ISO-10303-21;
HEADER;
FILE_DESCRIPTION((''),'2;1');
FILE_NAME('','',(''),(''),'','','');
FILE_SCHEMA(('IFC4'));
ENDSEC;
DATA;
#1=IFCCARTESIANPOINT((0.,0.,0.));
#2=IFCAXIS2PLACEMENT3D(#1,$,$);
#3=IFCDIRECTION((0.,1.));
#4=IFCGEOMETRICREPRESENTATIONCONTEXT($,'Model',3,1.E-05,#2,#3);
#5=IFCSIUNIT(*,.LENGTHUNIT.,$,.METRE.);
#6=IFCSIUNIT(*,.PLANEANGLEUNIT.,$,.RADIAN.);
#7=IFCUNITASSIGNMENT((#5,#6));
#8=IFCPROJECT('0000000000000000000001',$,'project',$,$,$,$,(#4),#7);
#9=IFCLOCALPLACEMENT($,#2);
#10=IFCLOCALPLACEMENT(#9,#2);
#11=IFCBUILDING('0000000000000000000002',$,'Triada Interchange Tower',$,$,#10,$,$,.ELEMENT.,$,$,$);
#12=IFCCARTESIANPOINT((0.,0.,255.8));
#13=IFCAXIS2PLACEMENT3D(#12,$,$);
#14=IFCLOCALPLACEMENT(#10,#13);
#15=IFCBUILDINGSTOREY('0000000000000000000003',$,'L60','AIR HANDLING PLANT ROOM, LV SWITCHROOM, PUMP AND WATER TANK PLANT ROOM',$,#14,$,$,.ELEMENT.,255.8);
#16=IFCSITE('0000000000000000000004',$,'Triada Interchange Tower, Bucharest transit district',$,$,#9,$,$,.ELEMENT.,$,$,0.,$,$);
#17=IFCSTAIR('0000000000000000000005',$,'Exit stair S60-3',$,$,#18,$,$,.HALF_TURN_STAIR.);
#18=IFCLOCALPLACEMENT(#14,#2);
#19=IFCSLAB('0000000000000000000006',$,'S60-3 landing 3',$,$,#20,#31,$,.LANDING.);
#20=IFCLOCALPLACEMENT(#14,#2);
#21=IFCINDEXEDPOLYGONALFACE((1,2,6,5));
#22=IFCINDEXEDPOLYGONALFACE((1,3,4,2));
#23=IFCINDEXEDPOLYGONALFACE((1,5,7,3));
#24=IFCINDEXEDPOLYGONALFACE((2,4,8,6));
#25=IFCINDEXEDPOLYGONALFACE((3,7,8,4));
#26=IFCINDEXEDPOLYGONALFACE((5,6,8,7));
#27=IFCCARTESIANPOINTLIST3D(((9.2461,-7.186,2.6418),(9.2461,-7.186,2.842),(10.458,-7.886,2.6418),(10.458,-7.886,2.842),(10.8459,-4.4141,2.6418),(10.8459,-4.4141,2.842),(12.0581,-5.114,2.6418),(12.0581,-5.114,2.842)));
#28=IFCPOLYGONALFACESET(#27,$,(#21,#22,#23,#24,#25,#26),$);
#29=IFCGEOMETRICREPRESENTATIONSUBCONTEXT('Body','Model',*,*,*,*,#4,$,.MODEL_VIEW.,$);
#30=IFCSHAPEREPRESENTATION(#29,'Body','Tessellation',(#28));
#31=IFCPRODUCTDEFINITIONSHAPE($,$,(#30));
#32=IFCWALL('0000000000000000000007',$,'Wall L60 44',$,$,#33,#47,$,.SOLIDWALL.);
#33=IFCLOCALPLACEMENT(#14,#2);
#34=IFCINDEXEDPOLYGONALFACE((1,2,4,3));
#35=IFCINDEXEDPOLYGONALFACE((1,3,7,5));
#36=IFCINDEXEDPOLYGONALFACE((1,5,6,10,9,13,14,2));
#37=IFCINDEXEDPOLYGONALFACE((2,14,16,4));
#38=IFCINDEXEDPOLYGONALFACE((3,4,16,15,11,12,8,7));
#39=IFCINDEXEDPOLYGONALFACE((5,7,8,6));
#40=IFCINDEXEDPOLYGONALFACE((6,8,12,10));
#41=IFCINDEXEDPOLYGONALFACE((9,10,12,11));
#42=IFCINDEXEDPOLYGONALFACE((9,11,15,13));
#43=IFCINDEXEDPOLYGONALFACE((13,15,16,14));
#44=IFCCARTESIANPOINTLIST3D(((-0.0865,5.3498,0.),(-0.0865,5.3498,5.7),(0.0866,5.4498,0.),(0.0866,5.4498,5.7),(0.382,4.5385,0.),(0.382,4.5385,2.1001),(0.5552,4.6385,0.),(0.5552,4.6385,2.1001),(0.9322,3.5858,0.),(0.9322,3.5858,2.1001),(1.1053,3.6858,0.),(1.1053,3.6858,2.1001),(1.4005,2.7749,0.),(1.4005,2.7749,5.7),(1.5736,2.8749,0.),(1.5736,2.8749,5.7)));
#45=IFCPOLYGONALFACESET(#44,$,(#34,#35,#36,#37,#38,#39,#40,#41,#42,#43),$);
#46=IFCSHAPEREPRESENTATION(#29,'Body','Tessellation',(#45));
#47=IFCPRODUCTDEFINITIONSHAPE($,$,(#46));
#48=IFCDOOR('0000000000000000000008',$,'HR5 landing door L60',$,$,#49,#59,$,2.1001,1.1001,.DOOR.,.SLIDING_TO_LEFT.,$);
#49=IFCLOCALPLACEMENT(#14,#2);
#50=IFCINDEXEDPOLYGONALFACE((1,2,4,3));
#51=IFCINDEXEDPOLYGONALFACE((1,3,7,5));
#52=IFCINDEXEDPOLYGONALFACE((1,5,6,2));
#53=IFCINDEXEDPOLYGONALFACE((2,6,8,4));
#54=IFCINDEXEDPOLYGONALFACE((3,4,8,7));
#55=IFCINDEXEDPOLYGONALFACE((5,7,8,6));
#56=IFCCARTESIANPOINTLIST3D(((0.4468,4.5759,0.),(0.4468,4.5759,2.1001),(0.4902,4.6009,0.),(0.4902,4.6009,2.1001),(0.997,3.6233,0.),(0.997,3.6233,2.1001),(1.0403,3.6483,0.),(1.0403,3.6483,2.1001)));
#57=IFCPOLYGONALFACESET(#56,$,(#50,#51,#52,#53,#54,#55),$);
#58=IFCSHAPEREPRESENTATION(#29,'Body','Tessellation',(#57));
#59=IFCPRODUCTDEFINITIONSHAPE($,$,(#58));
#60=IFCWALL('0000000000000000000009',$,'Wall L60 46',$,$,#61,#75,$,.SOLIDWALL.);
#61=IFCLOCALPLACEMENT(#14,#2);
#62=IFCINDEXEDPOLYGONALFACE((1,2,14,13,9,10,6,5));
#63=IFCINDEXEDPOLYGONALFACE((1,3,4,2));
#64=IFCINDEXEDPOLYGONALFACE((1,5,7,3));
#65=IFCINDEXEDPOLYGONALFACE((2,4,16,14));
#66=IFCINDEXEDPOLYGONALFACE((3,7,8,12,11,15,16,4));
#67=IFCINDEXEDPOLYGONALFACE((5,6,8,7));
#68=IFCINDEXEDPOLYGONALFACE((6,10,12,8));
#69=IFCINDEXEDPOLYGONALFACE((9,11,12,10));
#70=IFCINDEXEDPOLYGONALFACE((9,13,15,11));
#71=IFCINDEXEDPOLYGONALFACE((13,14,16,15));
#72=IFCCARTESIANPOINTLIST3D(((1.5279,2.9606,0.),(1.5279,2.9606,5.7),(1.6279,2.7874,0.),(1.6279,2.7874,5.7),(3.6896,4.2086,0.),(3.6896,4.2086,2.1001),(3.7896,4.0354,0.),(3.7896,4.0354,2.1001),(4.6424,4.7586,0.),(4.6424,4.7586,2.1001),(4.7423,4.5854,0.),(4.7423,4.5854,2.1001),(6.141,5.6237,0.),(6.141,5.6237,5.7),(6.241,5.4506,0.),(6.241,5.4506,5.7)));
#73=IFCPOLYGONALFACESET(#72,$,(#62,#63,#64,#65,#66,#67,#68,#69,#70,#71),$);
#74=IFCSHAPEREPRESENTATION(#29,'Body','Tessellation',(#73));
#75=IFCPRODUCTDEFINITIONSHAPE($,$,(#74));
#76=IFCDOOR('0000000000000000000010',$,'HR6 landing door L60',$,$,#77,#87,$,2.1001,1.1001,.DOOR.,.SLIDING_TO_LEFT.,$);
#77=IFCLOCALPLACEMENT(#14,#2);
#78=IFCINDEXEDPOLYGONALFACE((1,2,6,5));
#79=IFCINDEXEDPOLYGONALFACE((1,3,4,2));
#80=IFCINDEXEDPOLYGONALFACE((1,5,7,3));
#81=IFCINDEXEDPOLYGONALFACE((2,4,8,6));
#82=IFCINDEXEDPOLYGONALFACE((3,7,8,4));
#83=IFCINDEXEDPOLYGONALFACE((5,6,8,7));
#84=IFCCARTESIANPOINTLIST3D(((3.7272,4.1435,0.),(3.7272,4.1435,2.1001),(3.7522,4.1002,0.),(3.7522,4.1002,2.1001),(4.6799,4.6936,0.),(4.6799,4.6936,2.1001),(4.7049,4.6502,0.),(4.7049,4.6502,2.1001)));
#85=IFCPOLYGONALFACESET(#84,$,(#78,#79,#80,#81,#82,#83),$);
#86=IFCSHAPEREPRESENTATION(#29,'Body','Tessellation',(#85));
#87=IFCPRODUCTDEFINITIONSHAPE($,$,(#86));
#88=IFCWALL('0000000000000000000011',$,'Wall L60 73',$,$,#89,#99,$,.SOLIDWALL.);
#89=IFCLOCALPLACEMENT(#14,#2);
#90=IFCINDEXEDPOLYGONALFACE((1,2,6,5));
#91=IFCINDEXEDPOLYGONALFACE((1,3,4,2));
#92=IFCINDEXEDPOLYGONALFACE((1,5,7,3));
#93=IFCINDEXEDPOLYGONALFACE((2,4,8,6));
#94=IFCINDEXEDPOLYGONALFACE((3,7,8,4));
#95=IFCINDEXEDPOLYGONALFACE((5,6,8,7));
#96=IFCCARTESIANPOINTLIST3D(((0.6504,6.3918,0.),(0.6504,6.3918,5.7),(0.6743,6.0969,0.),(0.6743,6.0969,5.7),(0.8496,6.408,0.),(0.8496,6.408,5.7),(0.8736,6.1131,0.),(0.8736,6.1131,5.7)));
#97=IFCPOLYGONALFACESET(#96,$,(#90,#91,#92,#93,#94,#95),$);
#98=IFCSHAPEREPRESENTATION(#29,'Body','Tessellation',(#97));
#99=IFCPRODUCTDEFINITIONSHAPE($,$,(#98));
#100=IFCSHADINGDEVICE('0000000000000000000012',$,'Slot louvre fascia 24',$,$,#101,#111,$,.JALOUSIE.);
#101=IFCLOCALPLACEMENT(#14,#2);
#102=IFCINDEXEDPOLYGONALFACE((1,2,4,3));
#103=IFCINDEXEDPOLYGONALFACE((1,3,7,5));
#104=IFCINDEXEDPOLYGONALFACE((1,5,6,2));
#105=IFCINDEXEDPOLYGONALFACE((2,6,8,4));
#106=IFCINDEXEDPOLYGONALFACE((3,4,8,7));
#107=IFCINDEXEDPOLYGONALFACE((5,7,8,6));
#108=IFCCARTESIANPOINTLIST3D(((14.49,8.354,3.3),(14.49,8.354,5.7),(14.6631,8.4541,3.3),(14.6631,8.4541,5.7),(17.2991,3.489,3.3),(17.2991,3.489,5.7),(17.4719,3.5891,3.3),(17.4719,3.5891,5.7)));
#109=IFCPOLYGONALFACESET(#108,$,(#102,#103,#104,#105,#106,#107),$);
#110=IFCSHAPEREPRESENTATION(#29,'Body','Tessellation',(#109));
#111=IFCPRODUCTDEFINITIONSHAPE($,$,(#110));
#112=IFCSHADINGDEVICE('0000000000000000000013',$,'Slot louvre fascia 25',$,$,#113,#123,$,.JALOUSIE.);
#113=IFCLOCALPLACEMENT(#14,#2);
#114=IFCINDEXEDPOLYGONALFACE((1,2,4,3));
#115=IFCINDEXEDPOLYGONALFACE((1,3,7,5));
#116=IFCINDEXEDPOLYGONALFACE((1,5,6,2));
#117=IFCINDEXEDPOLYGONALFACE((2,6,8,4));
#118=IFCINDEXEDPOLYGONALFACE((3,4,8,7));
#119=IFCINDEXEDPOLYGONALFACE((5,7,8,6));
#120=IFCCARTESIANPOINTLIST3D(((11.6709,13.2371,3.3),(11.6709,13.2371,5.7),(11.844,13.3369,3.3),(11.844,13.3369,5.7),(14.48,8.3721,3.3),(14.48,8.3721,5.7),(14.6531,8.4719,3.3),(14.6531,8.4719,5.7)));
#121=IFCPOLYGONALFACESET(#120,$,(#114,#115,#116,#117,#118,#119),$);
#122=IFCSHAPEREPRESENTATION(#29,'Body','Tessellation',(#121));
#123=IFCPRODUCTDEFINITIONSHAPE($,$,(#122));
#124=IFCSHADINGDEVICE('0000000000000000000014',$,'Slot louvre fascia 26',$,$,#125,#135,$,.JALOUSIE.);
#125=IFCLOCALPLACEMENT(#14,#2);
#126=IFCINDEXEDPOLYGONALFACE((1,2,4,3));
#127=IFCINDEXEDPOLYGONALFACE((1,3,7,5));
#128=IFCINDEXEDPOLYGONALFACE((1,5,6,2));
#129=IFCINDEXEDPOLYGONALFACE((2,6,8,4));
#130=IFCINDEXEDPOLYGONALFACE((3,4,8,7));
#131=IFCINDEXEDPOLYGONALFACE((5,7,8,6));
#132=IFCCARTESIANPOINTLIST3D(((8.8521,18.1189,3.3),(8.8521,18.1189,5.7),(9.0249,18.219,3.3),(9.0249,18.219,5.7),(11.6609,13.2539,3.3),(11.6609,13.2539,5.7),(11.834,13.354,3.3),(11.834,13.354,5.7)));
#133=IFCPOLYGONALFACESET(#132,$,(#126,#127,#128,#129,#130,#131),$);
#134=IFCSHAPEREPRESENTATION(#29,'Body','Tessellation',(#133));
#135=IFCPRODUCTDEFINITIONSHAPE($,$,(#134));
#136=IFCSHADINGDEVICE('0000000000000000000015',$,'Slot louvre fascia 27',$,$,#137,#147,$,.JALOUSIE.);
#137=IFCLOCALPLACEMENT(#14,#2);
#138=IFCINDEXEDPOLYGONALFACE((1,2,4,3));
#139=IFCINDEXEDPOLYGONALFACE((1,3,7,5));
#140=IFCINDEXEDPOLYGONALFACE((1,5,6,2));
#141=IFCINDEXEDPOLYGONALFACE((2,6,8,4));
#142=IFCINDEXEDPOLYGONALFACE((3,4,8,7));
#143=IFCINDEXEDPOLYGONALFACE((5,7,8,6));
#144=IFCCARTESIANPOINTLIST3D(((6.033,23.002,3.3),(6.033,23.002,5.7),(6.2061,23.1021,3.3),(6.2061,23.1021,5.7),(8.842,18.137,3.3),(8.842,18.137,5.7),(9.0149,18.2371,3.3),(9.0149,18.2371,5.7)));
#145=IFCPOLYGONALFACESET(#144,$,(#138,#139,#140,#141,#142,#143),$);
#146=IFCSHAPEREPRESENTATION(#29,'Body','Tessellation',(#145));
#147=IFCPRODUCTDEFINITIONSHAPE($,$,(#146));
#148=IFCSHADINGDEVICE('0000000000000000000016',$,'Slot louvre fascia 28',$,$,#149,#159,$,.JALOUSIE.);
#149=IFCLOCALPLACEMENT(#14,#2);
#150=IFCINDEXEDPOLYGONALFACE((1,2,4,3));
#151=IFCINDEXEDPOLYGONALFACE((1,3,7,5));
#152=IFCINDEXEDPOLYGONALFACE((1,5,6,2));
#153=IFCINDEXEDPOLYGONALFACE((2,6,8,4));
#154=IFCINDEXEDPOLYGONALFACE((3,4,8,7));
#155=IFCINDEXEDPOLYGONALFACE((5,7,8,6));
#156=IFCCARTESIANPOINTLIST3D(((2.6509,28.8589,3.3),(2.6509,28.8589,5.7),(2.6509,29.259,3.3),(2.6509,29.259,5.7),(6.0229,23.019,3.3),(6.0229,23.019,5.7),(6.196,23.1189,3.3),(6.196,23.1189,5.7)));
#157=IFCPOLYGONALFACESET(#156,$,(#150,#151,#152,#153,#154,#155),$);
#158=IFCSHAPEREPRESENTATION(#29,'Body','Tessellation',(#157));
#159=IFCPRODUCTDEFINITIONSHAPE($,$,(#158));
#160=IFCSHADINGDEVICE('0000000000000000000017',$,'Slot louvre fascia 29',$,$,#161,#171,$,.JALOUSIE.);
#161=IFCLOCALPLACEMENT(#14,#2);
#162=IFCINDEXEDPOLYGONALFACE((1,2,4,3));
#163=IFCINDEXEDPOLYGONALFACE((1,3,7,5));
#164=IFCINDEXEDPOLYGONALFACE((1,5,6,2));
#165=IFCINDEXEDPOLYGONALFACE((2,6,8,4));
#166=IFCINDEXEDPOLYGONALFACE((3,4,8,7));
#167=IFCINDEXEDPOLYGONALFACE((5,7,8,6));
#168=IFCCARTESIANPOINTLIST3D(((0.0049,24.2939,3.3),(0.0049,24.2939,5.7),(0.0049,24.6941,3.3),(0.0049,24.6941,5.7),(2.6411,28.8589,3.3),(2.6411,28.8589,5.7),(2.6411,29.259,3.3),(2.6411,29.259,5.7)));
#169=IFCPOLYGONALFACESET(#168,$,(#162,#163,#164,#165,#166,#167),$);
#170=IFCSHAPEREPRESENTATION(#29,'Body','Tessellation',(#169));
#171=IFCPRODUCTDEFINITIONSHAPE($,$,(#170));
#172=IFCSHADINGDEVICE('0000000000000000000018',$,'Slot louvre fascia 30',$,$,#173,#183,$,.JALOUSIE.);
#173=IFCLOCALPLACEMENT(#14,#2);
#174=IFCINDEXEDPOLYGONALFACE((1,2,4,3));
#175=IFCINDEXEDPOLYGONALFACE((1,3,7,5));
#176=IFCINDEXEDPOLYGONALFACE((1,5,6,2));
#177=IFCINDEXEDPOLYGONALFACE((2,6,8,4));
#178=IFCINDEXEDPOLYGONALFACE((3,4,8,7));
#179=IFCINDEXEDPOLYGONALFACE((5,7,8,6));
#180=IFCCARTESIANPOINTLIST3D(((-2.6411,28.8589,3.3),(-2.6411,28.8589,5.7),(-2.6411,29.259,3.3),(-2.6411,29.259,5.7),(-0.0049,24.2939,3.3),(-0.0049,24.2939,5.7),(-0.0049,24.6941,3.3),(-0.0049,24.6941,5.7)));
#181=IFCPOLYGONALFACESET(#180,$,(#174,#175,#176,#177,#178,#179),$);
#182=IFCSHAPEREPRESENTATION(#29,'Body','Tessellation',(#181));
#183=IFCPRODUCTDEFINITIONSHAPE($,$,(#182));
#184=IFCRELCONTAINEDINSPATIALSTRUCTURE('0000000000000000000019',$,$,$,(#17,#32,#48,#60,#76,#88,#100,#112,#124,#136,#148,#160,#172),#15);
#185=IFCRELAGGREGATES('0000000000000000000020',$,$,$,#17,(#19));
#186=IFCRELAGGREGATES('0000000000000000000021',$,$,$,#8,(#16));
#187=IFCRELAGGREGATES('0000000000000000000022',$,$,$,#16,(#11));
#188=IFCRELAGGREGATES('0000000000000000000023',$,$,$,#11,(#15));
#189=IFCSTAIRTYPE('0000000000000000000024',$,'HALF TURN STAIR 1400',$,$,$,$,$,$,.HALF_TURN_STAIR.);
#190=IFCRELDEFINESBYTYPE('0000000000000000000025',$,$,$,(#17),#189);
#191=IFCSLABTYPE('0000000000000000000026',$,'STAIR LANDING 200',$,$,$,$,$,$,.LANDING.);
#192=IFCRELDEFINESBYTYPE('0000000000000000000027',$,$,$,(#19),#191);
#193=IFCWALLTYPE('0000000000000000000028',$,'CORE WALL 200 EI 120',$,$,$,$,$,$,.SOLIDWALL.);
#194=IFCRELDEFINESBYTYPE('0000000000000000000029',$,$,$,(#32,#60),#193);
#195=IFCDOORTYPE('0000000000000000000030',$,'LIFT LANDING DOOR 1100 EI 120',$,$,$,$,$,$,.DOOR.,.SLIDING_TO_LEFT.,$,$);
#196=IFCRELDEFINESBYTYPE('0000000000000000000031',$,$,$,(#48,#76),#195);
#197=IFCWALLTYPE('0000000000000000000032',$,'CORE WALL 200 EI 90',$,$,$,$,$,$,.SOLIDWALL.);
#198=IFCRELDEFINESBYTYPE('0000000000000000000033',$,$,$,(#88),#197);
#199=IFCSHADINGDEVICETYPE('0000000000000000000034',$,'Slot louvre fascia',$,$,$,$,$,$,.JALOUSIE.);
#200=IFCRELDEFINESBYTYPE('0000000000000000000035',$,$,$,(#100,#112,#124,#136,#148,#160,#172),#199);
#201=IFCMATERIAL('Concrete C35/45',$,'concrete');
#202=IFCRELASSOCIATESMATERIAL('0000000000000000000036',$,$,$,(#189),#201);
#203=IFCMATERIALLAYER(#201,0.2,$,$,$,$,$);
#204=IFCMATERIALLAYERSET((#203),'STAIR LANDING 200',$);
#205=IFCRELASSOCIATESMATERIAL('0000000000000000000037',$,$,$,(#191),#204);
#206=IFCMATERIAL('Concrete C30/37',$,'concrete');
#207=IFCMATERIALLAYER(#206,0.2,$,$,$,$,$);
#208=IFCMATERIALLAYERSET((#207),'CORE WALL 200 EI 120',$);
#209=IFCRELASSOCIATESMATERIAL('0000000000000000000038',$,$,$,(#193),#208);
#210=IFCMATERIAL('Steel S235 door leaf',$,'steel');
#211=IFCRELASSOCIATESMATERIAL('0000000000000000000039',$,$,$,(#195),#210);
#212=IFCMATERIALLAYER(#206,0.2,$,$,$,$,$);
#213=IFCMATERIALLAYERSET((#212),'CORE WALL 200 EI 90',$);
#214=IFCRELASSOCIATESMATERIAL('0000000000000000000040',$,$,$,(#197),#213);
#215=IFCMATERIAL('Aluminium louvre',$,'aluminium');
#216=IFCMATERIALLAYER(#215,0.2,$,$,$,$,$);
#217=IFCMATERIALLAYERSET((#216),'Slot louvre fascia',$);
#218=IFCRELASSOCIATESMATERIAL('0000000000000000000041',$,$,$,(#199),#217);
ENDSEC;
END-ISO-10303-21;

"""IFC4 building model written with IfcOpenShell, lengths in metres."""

from ifc_helpers import new_model, si_unit, direction, frame, frame_2d, origin, place, context, subcontext, project, spatial, polyline, rectangle, outline, extrude, material, layer, layer_set, type_object, element, fill, aggregate, save


model = new_model("IFC4")

# Units and contexts
model_context = context("Model", 3, precision=1e-05, world=origin(), true_north=direction((0.0, 1.0)))
body_context = subcontext(model_context, "Body", "Model", "MODEL_VIEW")
ifc_project = project(units=[si_unit("LENGTHUNIT", "METRE"), si_unit("PLANEANGLEUNIT", "RADIAN")], contexts=[model_context])

# Site, building, storey
site_placement = place(None, origin())
site = spatial("IfcSite", under=ifc_project, at=site_placement, Name="Triada Interchange Tower, Bucharest transit district", CompositionType="ELEMENT", RefElevation=0.0)
building_placement = place(site_placement, origin())
building = spatial("IfcBuilding", under=site, at=building_placement, Name="Triada Interchange Tower", CompositionType="ELEMENT")
storey_placement = place(building_placement, frame((0.0, 0.0, 255.8)))
storey = spatial("IfcBuildingStorey", under=building, at=storey_placement, Name="L60", Description="AIR HANDLING PLANT ROOM, LV SWITCHROOM, PUMP AND WATER TANK PLANT ROOM", CompositionType="ELEMENT", Elevation=255.8)

# Stair, slab
ifc_material_1 = material(Name="Concrete C35/45", Category="concrete")
stair_type = type_object("IfcStairType", Name="HALF TURN STAIR 1400", PredefinedType="HALF_TURN_STAIR", material=ifc_material_1)
ifc_layer_1 = layer(ifc_material_1, 0.2)
ifc_layer_set_1 = layer_set([ifc_layer_1], Name="STAIR LANDING 200")
slab_type_1 = type_object("IfcSlabType", Name="STAIR LANDING 200", PredefinedType="LANDING", material=ifc_layer_set_1)
stair_1_placement = place(storey_placement, origin())
stair_1 = element("IfcStair", 1, at=stair_1_placement, inside=storey, type_object=stair_type, Name="Exit stair S60-3", PredefinedType="HALF_TURN_STAIR")
slab_1_placement = place(storey_placement, frame((0.0, 0.0, 2.6418)))
slab_1 = element("IfcSlab", 2, at=slab_1_placement, type_object=slab_type_1, Name="S60-3 landing 3", PredefinedType="LANDING", context=body_context, shape_type="SweptSolid", body=[
    extrude(outline(polyline([(9.2461, -7.186), (10.458, -7.886), (12.0581, -5.114), (10.8459, -4.4141), (9.2461, -7.186)])), origin(), (0.0, 0.0, 1.0), 0.2002),
])
aggregate(stair_1, [slab_1])

# Walls, openings, doors
ifc_material_2 = material(Name="Concrete C30/37", Category="concrete")
ifc_layer_2 = layer(ifc_material_2, 0.2)
ifc_layer_set_2 = layer_set([ifc_layer_2], Name="CORE WALL 200 EI 120")
wall_type_1 = type_object("IfcWallType", Name="CORE WALL 200 EI 120", PredefinedType="SOLIDWALL", material=ifc_layer_set_2)
wall_1_placement = place(storey_placement, frame((0.0, 5.3999, 0.0), z_axis=(0.0, 0.0, 1.0), x_axis=(0.500104, -0.865965, 0.0)))
wall_1 = element("IfcWall", 3, at=wall_1_placement, inside=storey, type_object=wall_type_1, Name="Wall L60 44", PredefinedType="SOLIDWALL", context=body_context, shape_type="SweptSolid", body=[
    extrude(rectangle(XDim=2.9734, YDim=0.2, at=frame_2d((1.4868, 0.0))), origin(), (0.0, 0.0, 1.0), 5.7),
])
opening_1_placement = place(wall_1_placement, frame((0.937, 0.0, 0.0)))
opening_1 = element("IfcOpeningElement", 4, at=opening_1_placement, cuts=wall_1, PredefinedType="OPENING", context=body_context, shape_type="SweptSolid", body=[
    extrude(rectangle(XDim=1.1001, YDim=2.1001, at=frame_2d((0.55, 1.05))), frame((0.0, 0.1099, 0.0), z_axis=(0.0, -1.0, 0.0), x_axis=(1.0, 0.0, 0.0)), (0.0, 0.0, 1.0), 0.22),
])
ifc_material_3 = material(Name="Steel S235 door leaf", Category="steel")
door_type = type_object("IfcDoorType", Name="LIFT LANDING DOOR 1100 EI 120", OperationType="SLIDING_TO_LEFT", PredefinedType="DOOR", material=ifc_material_3)
door_1_placement = place(opening_1_placement, origin())
door_1 = element("IfcDoor", 5, at=door_1_placement, inside=storey, type_object=door_type, Name="HR5 landing door L60", OperationType="SLIDING_TO_LEFT", OverallHeight=2.1001, OverallWidth=1.1001, PredefinedType="DOOR", context=body_context, shape_type="SweptSolid", body=[
    extrude(rectangle(XDim=1.1001, YDim=2.1001, at=frame_2d((0.55, 1.05))), frame((0.0, 0.0249, 0.0), z_axis=(0.0, -1.0, 0.0), x_axis=(1.0, 0.0, 0.0)), (0.0, 0.0, 1.0), 0.05),
])
fill(opening_1, door_1)
wall_2_placement = place(storey_placement, frame((1.5779, 2.874, 0.0), z_axis=(0.0, 0.0, 1.0), x_axis=(0.866046, 0.499964, 0.0)))
wall_2 = element("IfcWall", 6, at=wall_2_placement, inside=storey, type_object=wall_type_1, Name="Wall L60 46", PredefinedType="SOLIDWALL", context=body_context, shape_type="SweptSolid", body=[
    extrude(rectangle(XDim=5.3267, YDim=0.2, at=frame_2d((2.6633, 0.0))), origin(), (0.0, 0.0, 1.0), 5.7),
])
opening_2_placement = place(wall_2_placement, frame((2.4961, 0.0, 0.0)))
opening_2 = element("IfcOpeningElement", 7, at=opening_2_placement, cuts=wall_2, PredefinedType="OPENING", context=body_context, shape_type="SweptSolid", body=[
    extrude(rectangle(XDim=1.1001, YDim=2.1001, at=frame_2d((0.55, 1.05))), frame((0.0, 0.1099, 0.0), z_axis=(0.0, -1.0, 0.0), x_axis=(1.0, 0.0, 0.0)), (0.0, 0.0, 1.0), 0.22),
])
door_2_placement = place(opening_2_placement, origin())
door_2 = element("IfcDoor", 8, at=door_2_placement, inside=storey, type_object=door_type, Name="HR6 landing door L60", OperationType="SLIDING_TO_LEFT", OverallHeight=2.1001, OverallWidth=1.1001, PredefinedType="DOOR", context=body_context, shape_type="SweptSolid", body=[
    extrude(rectangle(XDim=1.1001, YDim=2.1001, at=frame_2d((0.55, 1.05))), frame((0.0, 0.0249, 0.0), z_axis=(0.0, -1.0, 0.0), x_axis=(1.0, 0.0, 0.0)), (0.0, 0.0, 1.0), 0.05),
])
fill(opening_2, door_2)

# Wall
ifc_layer_3 = layer(ifc_material_2, 0.2)
ifc_layer_set_3 = layer_set([ifc_layer_3], Name="CORE WALL 200 EI 90")
wall_type_2 = type_object("IfcWallType", Name="CORE WALL 200 EI 90", PredefinedType="SOLIDWALL", material=ifc_layer_set_3)
wall_3_placement = place(storey_placement, frame((0.75, 6.3999, 0.0), z_axis=(0.0, 0.0, 1.0), x_axis=(0.08086, -0.996725, 0.0)))
element("IfcWall", 9, at=wall_3_placement, inside=storey, type_object=wall_type_2, Name="Wall L60 73", PredefinedType="SOLIDWALL", context=body_context, shape_type="SweptSolid", body=[
    extrude(rectangle(XDim=0.2959, YDim=0.2, at=frame_2d((0.1479, 0.0))), origin(), (0.0, 0.0, 1.0), 5.7),
])

# Shading devices
ifc_material_4 = material(Name="Aluminium louvre", Category="aluminium")
ifc_layer_4 = layer(ifc_material_4, 0.2)
ifc_layer_set_4 = layer_set([ifc_layer_4], Name="Slot louvre fascia")
shading_device_type = type_object("IfcShadingDeviceType", Name="Slot louvre fascia", PredefinedType="JALOUSIE", material=ifc_layer_set_4)
shading_device_1_placement = place(storey_placement, frame((0.0, 0.0, 3.3)))
element("IfcShadingDevice", 10, at=shading_device_1_placement, inside=storey, type_object=shading_device_type, Name="Slot louvre fascia 24", PredefinedType="JALOUSIE", context=body_context, shape_type="SweptSolid", body=[
    extrude(outline(polyline([(17.4719, 3.5891), (17.2991, 3.489), (14.49, 8.354), (14.6631, 8.4541), (17.4719, 3.5891)])), origin(), (0.0, 0.0, 1.0), 2.3999),
])
shading_device_2_placement = place(storey_placement, frame((0.0, 0.0, 3.3)))
element("IfcShadingDevice", 11, at=shading_device_2_placement, inside=storey, type_object=shading_device_type, Name="Slot louvre fascia 25", PredefinedType="JALOUSIE", context=body_context, shape_type="SweptSolid", body=[
    extrude(outline(polyline([(14.6531, 8.4719), (14.48, 8.3721), (11.6709, 13.2371), (11.844, 13.3369), (14.6531, 8.4719)])), origin(), (0.0, 0.0, 1.0), 2.3999),
])
shading_device_3_placement = place(storey_placement, frame((0.0, 0.0, 3.3)))
element("IfcShadingDevice", 12, at=shading_device_3_placement, inside=storey, type_object=shading_device_type, Name="Slot louvre fascia 26", PredefinedType="JALOUSIE", context=body_context, shape_type="SweptSolid", body=[
    extrude(outline(polyline([(11.834, 13.354), (11.6609, 13.2539), (8.8521, 18.1189), (9.0249, 18.219), (11.834, 13.354)])), origin(), (0.0, 0.0, 1.0), 2.3999),
])
shading_device_4_placement = place(storey_placement, frame((0.0, 0.0, 3.3)))
element("IfcShadingDevice", 13, at=shading_device_4_placement, inside=storey, type_object=shading_device_type, Name="Slot louvre fascia 27", PredefinedType="JALOUSIE", context=body_context, shape_type="SweptSolid", body=[
    extrude(outline(polyline([(9.0149, 18.2371), (8.842, 18.137), (6.033, 23.002), (6.2061, 23.1021), (9.0149, 18.2371)])), origin(), (0.0, 0.0, 1.0), 2.3999),
])
shading_device_5_placement = place(storey_placement, frame((0.0, 0.0, 3.3)))
element("IfcShadingDevice", 14, at=shading_device_5_placement, inside=storey, type_object=shading_device_type, Name="Slot louvre fascia 28", PredefinedType="JALOUSIE", context=body_context, shape_type="SweptSolid", body=[
    extrude(outline(polyline([(6.196, 23.1189), (6.0229, 23.019), (2.6509, 28.8589), (2.6509, 29.259), (6.196, 23.1189)])), origin(), (0.0, 0.0, 1.0), 2.3999),
])
shading_device_6_placement = place(storey_placement, frame((0.0, 0.0, 3.3)))
element("IfcShadingDevice", 15, at=shading_device_6_placement, inside=storey, type_object=shading_device_type, Name="Slot louvre fascia 29", PredefinedType="JALOUSIE", context=body_context, shape_type="SweptSolid", body=[
    extrude(outline(polyline([(2.6411, 29.259), (2.6411, 28.8589), (0.0049, 24.2939), (0.0049, 24.6941), (2.6411, 29.259)])), origin(), (0.0, 0.0, 1.0), 2.3999),
])
shading_device_7_placement = place(storey_placement, frame((0.0, 0.0, 3.3)))
element("IfcShadingDevice", 16, at=shading_device_7_placement, inside=storey, type_object=shading_device_type, Name="Slot louvre fascia 30", PredefinedType="JALOUSIE", context=body_context, shape_type="SweptSolid", body=[
    extrude(outline(polyline([(-0.0049, 24.6941), (-0.0049, 24.2939), (-2.6411, 28.8589), (-2.6411, 29.259), (-0.0049, 24.6941)])), origin(), (0.0, 0.0, 1.0), 2.3999),
])

save(model, "model.ifc")
